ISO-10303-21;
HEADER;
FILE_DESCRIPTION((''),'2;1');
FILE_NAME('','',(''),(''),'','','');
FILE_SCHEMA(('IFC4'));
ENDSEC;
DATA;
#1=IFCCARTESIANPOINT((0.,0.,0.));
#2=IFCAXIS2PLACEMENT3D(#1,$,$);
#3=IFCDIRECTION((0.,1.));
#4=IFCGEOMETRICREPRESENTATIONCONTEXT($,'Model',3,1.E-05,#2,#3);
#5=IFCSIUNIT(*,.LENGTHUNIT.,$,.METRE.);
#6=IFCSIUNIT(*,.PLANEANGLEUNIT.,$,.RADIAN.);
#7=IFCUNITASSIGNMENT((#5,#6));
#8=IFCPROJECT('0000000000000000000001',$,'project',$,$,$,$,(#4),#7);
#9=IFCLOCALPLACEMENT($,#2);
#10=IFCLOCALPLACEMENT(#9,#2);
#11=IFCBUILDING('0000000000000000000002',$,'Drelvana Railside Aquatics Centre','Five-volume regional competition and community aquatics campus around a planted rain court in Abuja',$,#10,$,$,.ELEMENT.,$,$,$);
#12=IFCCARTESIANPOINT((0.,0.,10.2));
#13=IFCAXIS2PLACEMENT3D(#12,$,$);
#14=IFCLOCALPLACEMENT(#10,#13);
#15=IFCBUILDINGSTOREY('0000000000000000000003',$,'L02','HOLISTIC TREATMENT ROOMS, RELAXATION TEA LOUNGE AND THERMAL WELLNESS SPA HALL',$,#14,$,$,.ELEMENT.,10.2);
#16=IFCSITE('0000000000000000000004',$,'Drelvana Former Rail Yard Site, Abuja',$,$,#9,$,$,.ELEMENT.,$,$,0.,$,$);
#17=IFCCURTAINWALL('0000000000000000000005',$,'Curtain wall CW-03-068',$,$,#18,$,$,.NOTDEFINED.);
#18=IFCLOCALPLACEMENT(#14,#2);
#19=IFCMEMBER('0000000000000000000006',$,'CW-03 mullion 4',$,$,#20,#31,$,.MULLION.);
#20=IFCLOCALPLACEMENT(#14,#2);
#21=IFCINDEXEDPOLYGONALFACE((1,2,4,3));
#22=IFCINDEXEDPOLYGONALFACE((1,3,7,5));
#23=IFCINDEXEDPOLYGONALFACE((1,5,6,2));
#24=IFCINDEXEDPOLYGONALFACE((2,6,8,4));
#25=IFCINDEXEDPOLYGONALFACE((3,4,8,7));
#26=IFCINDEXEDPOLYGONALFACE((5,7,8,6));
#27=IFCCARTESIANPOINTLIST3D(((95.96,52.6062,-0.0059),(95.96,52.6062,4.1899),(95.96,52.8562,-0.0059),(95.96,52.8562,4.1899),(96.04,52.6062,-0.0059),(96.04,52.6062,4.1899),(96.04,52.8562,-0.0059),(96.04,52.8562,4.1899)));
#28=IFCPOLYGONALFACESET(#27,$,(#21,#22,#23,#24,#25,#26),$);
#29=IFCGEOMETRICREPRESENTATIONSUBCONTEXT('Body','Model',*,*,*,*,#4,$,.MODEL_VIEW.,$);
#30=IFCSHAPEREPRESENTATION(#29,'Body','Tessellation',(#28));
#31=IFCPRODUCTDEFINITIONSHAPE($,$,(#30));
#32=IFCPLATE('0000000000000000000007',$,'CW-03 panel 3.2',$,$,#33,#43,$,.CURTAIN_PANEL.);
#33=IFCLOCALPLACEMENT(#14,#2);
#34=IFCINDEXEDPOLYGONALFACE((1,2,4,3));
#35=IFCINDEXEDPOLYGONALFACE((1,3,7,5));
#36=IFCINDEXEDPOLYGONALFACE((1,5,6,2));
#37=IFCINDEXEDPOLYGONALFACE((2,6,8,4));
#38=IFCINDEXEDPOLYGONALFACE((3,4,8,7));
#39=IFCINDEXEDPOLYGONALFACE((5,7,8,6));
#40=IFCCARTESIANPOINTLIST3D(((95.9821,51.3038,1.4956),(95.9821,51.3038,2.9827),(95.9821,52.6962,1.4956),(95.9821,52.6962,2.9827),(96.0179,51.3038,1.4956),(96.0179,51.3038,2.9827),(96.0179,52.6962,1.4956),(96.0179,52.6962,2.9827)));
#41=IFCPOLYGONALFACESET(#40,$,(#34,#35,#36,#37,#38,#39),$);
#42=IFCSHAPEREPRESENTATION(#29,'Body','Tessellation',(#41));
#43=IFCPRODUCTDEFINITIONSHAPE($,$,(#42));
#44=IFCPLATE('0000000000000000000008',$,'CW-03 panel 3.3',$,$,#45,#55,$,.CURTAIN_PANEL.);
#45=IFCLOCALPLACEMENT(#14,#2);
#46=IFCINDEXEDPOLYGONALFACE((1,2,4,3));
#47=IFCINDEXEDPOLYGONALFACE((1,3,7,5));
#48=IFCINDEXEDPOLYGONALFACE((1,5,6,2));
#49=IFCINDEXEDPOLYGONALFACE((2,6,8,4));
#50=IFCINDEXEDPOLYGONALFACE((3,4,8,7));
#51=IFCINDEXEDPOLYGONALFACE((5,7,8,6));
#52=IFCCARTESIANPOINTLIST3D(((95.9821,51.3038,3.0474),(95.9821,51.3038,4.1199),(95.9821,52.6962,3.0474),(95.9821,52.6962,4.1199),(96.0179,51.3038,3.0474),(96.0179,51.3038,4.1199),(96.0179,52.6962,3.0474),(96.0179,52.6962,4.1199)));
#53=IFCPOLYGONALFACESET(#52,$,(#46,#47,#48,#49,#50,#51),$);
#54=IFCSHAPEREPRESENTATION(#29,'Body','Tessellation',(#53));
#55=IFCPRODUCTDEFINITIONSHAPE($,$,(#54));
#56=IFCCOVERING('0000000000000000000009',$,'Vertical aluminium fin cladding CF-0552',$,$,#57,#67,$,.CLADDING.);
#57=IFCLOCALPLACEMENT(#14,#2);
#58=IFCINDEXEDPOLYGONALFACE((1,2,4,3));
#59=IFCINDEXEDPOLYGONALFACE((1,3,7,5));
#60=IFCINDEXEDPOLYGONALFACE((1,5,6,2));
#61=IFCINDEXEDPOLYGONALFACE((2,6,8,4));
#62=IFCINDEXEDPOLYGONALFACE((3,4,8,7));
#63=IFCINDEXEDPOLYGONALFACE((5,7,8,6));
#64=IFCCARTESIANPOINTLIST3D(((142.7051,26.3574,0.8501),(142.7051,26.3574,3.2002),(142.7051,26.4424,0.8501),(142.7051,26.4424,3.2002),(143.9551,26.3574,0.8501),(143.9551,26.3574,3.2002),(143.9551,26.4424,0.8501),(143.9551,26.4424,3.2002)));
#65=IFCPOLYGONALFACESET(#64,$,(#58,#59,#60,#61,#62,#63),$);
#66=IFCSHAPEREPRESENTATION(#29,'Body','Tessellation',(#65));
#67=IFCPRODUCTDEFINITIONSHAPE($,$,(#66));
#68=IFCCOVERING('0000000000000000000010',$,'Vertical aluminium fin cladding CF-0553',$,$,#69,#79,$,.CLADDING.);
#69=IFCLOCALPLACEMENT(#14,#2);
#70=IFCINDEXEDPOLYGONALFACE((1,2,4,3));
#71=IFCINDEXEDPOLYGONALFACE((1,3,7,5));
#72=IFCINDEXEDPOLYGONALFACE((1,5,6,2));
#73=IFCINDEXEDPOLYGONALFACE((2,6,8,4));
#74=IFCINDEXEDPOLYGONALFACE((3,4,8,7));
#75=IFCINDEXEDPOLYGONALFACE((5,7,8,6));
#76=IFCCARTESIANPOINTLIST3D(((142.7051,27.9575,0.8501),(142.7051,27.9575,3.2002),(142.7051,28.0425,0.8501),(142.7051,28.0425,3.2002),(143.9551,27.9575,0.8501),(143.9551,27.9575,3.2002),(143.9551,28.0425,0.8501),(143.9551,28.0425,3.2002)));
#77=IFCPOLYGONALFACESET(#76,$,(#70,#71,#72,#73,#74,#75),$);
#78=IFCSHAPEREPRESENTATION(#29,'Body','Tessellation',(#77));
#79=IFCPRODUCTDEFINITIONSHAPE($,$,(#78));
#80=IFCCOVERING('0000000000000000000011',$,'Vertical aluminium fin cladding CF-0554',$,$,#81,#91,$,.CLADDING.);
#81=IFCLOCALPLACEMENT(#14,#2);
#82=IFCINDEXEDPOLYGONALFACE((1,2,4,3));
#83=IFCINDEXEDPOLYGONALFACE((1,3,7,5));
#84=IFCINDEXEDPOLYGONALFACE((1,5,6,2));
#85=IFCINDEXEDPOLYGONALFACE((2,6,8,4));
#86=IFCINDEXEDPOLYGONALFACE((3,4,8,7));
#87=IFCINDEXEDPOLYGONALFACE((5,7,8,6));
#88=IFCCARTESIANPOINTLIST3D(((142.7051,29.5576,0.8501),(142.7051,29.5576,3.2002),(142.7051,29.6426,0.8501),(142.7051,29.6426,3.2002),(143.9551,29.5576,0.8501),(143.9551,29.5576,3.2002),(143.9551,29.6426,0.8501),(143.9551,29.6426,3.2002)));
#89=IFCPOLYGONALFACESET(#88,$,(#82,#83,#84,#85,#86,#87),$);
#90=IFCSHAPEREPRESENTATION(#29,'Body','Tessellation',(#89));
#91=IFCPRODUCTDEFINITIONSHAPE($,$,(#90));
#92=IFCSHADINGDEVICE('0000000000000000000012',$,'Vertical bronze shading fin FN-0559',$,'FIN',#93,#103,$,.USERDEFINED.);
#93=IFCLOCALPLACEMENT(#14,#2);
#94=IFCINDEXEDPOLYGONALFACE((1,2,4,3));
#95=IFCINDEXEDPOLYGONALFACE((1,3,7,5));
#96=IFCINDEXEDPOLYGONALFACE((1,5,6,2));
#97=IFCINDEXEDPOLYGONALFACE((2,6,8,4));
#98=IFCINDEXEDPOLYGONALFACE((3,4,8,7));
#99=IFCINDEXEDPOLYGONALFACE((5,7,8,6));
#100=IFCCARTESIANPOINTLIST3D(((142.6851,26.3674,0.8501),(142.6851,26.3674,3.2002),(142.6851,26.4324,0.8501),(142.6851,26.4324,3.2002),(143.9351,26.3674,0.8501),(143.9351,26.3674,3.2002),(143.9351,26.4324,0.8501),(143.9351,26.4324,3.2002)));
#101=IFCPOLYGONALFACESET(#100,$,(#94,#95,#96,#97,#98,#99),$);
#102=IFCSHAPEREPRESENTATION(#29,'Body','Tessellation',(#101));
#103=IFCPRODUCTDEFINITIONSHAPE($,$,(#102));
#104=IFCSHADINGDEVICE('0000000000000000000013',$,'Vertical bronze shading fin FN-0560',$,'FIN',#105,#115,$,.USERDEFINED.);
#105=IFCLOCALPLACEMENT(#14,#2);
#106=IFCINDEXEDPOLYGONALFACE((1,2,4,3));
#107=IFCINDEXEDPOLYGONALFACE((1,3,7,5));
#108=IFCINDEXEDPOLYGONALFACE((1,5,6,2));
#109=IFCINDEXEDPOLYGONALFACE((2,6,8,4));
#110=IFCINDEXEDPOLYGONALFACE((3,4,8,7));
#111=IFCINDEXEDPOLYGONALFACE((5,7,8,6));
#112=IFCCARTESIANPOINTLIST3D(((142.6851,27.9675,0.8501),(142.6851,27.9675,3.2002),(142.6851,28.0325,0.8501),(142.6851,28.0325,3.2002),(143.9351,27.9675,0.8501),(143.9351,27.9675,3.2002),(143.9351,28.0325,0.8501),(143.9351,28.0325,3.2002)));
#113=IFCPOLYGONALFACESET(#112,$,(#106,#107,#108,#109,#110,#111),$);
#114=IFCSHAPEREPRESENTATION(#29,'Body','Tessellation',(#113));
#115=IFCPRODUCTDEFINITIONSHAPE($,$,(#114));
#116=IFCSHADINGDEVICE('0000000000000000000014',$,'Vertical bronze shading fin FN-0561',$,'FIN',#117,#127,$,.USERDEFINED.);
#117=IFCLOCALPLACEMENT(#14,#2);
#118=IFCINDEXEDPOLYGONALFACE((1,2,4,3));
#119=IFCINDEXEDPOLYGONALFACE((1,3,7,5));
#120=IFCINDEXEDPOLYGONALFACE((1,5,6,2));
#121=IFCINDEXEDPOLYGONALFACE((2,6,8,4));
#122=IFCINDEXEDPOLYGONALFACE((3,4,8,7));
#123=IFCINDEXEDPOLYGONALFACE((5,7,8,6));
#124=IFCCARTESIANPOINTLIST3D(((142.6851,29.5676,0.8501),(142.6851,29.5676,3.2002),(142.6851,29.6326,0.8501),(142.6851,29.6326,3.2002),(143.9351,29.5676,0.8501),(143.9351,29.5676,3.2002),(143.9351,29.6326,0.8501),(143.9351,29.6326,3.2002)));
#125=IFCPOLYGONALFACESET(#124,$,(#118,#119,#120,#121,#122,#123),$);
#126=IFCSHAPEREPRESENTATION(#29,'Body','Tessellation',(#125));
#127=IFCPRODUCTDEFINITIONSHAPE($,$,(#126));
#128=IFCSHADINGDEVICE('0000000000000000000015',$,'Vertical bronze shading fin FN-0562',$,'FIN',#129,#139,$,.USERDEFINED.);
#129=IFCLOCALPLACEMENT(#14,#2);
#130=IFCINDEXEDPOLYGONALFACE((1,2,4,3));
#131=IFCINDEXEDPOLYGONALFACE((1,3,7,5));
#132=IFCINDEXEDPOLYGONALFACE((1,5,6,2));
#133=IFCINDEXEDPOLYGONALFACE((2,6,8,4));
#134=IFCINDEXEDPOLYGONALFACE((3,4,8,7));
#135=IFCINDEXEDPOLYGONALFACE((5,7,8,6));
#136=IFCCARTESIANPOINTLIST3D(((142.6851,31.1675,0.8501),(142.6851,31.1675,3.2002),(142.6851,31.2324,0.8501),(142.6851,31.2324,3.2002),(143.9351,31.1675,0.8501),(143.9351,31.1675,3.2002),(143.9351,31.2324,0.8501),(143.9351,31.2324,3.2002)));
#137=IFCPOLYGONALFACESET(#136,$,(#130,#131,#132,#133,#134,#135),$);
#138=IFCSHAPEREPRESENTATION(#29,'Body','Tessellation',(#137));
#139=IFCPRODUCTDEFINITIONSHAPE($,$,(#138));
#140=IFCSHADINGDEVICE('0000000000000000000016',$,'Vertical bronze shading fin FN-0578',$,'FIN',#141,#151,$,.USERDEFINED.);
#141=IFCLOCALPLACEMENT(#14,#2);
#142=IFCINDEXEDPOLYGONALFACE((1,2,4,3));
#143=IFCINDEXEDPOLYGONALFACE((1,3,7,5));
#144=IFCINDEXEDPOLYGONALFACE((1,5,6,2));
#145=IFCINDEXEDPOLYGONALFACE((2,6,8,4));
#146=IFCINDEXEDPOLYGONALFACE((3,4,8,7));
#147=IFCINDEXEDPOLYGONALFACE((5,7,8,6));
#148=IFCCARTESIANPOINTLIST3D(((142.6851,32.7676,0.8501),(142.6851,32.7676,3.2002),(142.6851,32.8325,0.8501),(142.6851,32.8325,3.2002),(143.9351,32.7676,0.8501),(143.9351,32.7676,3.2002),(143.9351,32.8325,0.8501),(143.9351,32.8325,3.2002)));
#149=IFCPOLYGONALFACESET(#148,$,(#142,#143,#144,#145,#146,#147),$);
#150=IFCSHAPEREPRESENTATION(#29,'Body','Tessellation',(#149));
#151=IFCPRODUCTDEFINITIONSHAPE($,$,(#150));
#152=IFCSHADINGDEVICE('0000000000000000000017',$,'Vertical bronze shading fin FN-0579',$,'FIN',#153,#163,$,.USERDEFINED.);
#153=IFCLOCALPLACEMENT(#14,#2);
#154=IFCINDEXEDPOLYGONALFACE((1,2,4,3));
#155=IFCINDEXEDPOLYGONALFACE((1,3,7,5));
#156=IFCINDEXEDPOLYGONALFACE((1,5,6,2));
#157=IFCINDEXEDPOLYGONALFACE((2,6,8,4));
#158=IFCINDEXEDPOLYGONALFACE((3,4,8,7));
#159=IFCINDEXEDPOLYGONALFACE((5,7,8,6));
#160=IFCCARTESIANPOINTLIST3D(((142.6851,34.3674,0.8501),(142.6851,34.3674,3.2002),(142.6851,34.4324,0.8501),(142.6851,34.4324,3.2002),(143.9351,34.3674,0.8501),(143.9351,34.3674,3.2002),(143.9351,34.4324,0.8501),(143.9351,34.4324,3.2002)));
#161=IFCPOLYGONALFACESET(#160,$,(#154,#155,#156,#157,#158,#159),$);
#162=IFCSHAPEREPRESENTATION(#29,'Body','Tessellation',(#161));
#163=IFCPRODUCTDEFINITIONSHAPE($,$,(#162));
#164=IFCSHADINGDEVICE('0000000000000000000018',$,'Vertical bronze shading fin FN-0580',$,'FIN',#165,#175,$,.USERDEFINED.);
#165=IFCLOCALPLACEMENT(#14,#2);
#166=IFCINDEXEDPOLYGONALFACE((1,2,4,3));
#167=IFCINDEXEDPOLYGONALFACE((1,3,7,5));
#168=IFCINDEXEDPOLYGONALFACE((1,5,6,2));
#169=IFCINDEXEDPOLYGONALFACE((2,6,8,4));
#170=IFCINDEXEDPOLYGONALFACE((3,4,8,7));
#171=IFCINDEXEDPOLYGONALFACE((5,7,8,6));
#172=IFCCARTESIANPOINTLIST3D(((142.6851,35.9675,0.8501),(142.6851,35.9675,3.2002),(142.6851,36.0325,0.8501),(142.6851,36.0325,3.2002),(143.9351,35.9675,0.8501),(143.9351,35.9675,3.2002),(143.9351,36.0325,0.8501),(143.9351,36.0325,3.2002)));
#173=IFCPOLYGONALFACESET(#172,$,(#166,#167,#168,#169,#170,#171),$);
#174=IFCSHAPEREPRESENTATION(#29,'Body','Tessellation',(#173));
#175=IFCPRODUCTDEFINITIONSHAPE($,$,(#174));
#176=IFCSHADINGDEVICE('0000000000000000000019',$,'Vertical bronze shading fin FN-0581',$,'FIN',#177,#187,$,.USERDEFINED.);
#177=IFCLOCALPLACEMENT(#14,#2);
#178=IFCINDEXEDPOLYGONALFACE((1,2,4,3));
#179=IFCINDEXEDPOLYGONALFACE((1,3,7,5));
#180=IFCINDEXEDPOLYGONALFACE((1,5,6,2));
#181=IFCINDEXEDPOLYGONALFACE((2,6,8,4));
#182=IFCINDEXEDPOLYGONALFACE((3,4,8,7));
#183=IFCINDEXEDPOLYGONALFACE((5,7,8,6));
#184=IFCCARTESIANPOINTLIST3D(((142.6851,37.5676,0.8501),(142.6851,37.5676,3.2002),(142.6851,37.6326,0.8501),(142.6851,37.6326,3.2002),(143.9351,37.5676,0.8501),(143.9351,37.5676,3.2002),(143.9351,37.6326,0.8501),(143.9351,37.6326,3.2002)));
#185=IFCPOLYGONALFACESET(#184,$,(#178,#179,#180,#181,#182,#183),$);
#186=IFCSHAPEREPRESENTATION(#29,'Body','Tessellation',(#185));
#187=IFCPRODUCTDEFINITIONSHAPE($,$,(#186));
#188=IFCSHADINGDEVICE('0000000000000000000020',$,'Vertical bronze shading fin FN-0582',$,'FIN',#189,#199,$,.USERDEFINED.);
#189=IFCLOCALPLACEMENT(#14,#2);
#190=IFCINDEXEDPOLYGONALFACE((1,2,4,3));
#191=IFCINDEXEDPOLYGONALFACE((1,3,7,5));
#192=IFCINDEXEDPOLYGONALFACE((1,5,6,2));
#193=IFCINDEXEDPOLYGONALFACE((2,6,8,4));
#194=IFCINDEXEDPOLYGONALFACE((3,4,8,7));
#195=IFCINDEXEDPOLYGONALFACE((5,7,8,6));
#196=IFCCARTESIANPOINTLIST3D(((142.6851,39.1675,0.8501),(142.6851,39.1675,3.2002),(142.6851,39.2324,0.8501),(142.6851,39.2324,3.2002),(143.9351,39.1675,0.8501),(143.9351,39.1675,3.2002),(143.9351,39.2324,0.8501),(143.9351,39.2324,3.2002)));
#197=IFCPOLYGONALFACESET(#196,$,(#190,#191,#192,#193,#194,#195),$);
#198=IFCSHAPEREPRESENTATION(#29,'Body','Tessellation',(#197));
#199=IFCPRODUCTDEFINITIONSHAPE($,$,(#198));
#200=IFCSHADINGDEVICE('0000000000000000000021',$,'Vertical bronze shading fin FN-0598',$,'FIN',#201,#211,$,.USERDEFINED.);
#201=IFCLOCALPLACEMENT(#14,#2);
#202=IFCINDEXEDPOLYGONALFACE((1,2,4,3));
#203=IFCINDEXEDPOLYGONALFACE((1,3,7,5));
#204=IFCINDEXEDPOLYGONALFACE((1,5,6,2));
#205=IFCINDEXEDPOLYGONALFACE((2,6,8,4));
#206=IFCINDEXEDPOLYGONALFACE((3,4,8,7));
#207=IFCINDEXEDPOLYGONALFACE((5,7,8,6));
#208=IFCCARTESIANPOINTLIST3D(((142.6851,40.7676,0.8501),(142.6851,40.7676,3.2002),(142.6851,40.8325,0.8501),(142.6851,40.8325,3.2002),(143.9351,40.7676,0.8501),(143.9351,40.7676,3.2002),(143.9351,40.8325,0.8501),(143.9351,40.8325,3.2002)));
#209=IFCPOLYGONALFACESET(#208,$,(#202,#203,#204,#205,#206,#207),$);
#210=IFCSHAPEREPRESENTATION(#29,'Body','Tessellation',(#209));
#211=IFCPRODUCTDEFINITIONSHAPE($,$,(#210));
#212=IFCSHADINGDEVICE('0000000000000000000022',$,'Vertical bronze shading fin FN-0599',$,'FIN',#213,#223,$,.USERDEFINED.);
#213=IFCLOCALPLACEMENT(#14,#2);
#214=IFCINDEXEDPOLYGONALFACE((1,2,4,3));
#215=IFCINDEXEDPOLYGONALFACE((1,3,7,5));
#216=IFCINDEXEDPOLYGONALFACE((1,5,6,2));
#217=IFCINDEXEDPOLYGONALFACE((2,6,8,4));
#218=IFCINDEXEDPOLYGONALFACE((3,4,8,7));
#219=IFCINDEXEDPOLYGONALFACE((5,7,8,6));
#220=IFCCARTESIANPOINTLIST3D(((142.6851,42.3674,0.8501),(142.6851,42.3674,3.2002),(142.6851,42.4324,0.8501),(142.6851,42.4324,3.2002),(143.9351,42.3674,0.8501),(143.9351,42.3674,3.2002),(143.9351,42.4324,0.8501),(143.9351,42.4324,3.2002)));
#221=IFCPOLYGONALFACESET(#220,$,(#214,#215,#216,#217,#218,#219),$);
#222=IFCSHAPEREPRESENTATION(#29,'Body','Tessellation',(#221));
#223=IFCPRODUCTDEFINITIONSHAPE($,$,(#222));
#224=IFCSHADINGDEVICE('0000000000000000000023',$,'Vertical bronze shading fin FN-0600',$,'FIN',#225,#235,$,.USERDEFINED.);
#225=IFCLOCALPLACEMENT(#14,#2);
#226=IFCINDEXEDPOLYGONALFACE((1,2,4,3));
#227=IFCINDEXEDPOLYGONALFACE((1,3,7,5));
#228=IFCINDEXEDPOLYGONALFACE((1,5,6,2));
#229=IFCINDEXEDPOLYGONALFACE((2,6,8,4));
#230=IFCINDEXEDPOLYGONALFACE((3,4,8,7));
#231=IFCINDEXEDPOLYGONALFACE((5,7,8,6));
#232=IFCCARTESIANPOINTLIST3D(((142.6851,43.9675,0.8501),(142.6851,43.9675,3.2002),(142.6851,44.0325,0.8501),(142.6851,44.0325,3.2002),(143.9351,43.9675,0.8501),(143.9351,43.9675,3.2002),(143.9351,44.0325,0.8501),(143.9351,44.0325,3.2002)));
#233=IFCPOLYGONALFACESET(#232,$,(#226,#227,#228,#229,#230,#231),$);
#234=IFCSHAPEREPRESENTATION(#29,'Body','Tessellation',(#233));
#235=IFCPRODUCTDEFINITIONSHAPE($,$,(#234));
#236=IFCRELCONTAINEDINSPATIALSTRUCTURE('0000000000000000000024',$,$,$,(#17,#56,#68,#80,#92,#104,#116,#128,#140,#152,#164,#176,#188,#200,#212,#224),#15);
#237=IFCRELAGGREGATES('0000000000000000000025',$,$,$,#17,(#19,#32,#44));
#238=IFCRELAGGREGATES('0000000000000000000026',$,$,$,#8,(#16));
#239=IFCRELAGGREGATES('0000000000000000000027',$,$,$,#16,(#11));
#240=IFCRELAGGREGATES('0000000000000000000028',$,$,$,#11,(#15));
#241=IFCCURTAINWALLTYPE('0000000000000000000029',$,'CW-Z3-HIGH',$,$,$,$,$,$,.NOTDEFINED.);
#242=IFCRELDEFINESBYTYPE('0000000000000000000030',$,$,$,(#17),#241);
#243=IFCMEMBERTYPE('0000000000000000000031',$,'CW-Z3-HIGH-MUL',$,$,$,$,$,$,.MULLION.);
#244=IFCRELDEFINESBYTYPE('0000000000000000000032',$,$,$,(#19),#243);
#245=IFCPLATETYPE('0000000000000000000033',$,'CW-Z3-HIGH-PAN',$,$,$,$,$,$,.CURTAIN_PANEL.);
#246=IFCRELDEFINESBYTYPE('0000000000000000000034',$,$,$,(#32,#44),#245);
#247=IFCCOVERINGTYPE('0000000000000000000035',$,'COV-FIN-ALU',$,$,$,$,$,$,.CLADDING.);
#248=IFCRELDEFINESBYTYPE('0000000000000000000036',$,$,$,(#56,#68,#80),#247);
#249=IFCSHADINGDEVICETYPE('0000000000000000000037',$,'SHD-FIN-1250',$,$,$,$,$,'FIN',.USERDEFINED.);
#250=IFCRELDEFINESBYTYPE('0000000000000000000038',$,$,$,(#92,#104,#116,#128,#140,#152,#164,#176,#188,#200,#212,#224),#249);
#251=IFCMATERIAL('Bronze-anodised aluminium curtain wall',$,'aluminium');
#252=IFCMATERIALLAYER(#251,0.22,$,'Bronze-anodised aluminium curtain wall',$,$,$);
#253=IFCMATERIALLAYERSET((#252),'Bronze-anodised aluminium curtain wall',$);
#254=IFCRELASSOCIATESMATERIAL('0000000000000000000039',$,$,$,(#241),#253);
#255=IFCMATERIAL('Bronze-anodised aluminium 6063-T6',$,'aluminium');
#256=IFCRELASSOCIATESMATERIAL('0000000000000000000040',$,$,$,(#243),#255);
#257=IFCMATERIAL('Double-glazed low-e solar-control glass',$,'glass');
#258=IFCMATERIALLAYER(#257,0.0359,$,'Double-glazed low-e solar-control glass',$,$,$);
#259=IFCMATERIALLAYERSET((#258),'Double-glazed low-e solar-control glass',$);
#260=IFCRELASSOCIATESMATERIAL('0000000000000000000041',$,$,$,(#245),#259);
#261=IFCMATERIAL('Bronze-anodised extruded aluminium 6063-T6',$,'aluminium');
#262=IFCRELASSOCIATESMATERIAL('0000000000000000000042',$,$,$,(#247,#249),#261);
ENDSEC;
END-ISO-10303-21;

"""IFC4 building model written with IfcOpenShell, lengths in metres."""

from ifc_helpers import new_model, si_unit, direction, frame, origin, origin_2d, place, context, subcontext, project, spatial, rectangle, extrude, material, layer, layer_set, material_profile, profile_set, type_object, element, aggregate, save


model = new_model("IFC4")

# Units and contexts
model_context = context("Model", 3, precision=1e-05, world=origin(), true_north=direction((0.0, 1.0)))
body_context = subcontext(model_context, "Body", "Model", "MODEL_VIEW")
ifc_project = project(units=[si_unit("LENGTHUNIT", "METRE"), si_unit("PLANEANGLEUNIT", "RADIAN")], contexts=[model_context])

# Site, building, storey
site_placement = place(None, origin())
site = spatial("IfcSite", under=ifc_project, at=site_placement, Name="Drelvana Former Rail Yard Site, Abuja", CompositionType="ELEMENT", RefElevation=0.0)
building_placement = place(site_placement, origin())
building = spatial("IfcBuilding", under=site, at=building_placement, Name="Drelvana Railside Aquatics Centre", Description="Five-volume regional competition and community aquatics campus around a planted rain court in Abuja", CompositionType="ELEMENT")
storey_placement = place(building_placement, frame((0.0, 0.0, 10.2)))
storey = spatial("IfcBuildingStorey", under=building, at=storey_placement, Name="L02", Description="HOLISTIC TREATMENT ROOMS, RELAXATION TEA LOUNGE AND THERMAL WELLNESS SPA HALL", CompositionType="ELEMENT", Elevation=10.2)

# Curtain wall, member, plates
ifc_material_1 = material(Name="Bronze-anodised aluminium curtain wall", Category="aluminium")
ifc_layer_1 = layer(ifc_material_1, 0.22, Name="Bronze-anodised aluminium curtain wall")
ifc_layer_set_1 = layer_set([ifc_layer_1], Name="Bronze-anodised aluminium curtain wall")
curtain_wall_type = type_object("IfcCurtainWallType", Name="CW-Z3-HIGH", PredefinedType="NOTDEFINED", material=ifc_layer_set_1)
curtain_wall_placement = place(storey_placement, origin())
curtain_wall = element("IfcCurtainWall", 1, at=curtain_wall_placement, inside=storey, type_object=curtain_wall_type, Name="Curtain wall CW-03-068", PredefinedType="NOTDEFINED")
ifc_material_2 = material(Name="Bronze-anodised aluminium 6063-T6", Category="aluminium")
ifc_material_profile = material_profile(ifc_material_2, rectangle(XDim=0.0801, YDim=0.25, at=origin_2d()), Name="ALU-M 80x250")
ifc_profile_set = profile_set([ifc_material_profile], Name="Bronze-anodised aluminium 6063-T6")
member_type = type_object("IfcMemberType", Name="CW-Z3-HIGH-MUL", PredefinedType="MULLION", material=ifc_profile_set)
member_placement = place(storey_placement, frame((96.0, 52.7312, -0.0059), z_axis=(0.0, 0.0, 1.0), x_axis=(-1.0, 0.0, 0.0)))
member = element("IfcMember", 2, at=member_placement, type_object=member_type, Name="CW-03 mullion 4", PredefinedType="MULLION", context=body_context, shape_type="SweptSolid", body=[
    extrude(rectangle(XDim=0.0801, YDim=0.25, at=origin_2d()), origin(), (0.0, 0.0, 1.0), 4.1958),
])
ifc_material_3 = material(Name="Double-glazed low-e solar-control glass", Category="glass")
ifc_layer_2 = layer(ifc_material_3, 0.0359, Name="Double-glazed low-e solar-control glass")
ifc_layer_set_2 = layer_set([ifc_layer_2], Name="Double-glazed low-e solar-control glass")
plate_type = type_object("IfcPlateType", Name="CW-Z3-HIGH-PAN", PredefinedType="CURTAIN_PANEL", material=ifc_layer_set_2)
plate_1_placement = place(storey_placement, frame((96.0, 52.0, 1.4956), z_axis=(0.0, 0.0, 1.0), x_axis=(0.0, 1.0, 0.0)))
plate_1 = element("IfcPlate", 3, at=plate_1_placement, type_object=plate_type, Name="CW-03 panel 3.2", PredefinedType="CURTAIN_PANEL", context=body_context, shape_type="SweptSolid", body=[
    extrude(rectangle(XDim=1.3923, YDim=0.0359, at=origin_2d()), origin(), (0.0, 0.0, 1.0), 1.4871),
])
plate_2_placement = place(storey_placement, frame((96.0, 52.0, 3.0474), z_axis=(0.0, 0.0, 1.0), x_axis=(0.0, 1.0, 0.0)))
plate_2 = element("IfcPlate", 4, at=plate_2_placement, type_object=plate_type, Name="CW-03 panel 3.3", PredefinedType="CURTAIN_PANEL", context=body_context, shape_type="SweptSolid", body=[
    extrude(rectangle(XDim=1.3923, YDim=0.0359, at=origin_2d()), origin(), (0.0, 0.0, 1.0), 1.0725),
])
aggregate(curtain_wall, [member, plate_1, plate_2])

# Coverings
ifc_material_4 = material(Name="Bronze-anodised extruded aluminium 6063-T6", Category="aluminium")
covering_type = type_object("IfcCoveringType", Name="COV-FIN-ALU", PredefinedType="CLADDING", material=ifc_material_4)
for number, where, z_axis, x_axis, name in (
    (5, (143.3301, 26.3999, 0.8501), (0.0, 0.0, 1.0), (0.0, 1.0, 0.0), "Vertical aluminium fin cladding CF-0552"),
    (6, (143.3301, 28.0, 0.8501), (0.0, 0.0, 1.0), (0.0, 1.0, 0.0), "Vertical aluminium fin cladding CF-0553"),
    (7, (143.3301, 29.6001, 0.8501), (0.0, 0.0, 1.0), (0.0, 1.0, 0.0), "Vertical aluminium fin cladding CF-0554"),
):
    element("IfcCovering", number, at=place(storey_placement, frame(where, z_axis=z_axis, x_axis=x_axis)), inside=storey, type_object=covering_type, Name=name, PredefinedType="CLADDING", context=body_context, shape_type="SweptSolid", body=[
        extrude(rectangle(XDim=0.085, YDim=1.25, at=origin_2d()), origin(), (0.0, 0.0, 1.0), 2.3501),
    ])

# Shading devices
shading_device_type = type_object("IfcShadingDeviceType", Name="SHD-FIN-1250", ElementType="FIN", PredefinedType="USERDEFINED", material=ifc_material_4)
for number, where, z_axis, x_axis, name in (
    (8, (143.3101, 26.3999, 0.8501), (0.0, 0.0, 1.0), (-1.0, 0.0, 0.0), "Vertical bronze shading fin FN-0559"),
    (9, (143.3101, 28.0, 0.8501), (0.0, 0.0, 1.0), (-1.0, 0.0, 0.0), "Vertical bronze shading fin FN-0560"),
    (10, (143.3101, 29.6001, 0.8501), (0.0, 0.0, 1.0), (-1.0, 0.0, 0.0), "Vertical bronze shading fin FN-0561"),
    (11, (143.3101, 31.2, 0.8501), (0.0, 0.0, 1.0), (-1.0, 0.0, 0.0), "Vertical bronze shading fin FN-0562"),
    (12, (143.3101, 32.8, 0.8501), (0.0, 0.0, 1.0), (-1.0, 0.0, 0.0), "Vertical bronze shading fin FN-0578"),
    (13, (143.3101, 34.3999, 0.8501), (0.0, 0.0, 1.0), (-1.0, 0.0, 0.0), "Vertical bronze shading fin FN-0579"),
    (14, (143.3101, 36.0, 0.8501), (0.0, 0.0, 1.0), (-1.0, 0.0, 0.0), "Vertical bronze shading fin FN-0580"),
    (15, (143.3101, 37.6001, 0.8501), (0.0, 0.0, 1.0), (-1.0, 0.0, 0.0), "Vertical bronze shading fin FN-0581"),
    (16, (143.3101, 39.2, 0.8501), (0.0, 0.0, 1.0), (-1.0, 0.0, 0.0), "Vertical bronze shading fin FN-0582"),
    (17, (143.3101, 40.8, 0.8501), (0.0, 0.0, 1.0), (-1.0, 0.0, 0.0), "Vertical bronze shading fin FN-0598"),
    (18, (143.3101, 42.3999, 0.8501), (0.0, 0.0, 1.0), (-1.0, 0.0, 0.0), "Vertical bronze shading fin FN-0599"),
    (19, (143.3101, 44.0, 0.8501), (0.0, 0.0, 1.0), (-1.0, 0.0, 0.0), "Vertical bronze shading fin FN-0600"),
):
    element("IfcShadingDevice", number, at=place(storey_placement, frame(where, z_axis=z_axis, x_axis=x_axis)), inside=storey, type_object=shading_device_type, Name=name, ObjectType="FIN", PredefinedType="USERDEFINED", context=body_context, shape_type="SweptSolid", body=[
        extrude(rectangle(XDim=1.25, YDim=0.0649, at=origin_2d()), origin(), (0.0, 0.0, 1.0), 2.3501),
    ])

save(model, "model.ifc")
